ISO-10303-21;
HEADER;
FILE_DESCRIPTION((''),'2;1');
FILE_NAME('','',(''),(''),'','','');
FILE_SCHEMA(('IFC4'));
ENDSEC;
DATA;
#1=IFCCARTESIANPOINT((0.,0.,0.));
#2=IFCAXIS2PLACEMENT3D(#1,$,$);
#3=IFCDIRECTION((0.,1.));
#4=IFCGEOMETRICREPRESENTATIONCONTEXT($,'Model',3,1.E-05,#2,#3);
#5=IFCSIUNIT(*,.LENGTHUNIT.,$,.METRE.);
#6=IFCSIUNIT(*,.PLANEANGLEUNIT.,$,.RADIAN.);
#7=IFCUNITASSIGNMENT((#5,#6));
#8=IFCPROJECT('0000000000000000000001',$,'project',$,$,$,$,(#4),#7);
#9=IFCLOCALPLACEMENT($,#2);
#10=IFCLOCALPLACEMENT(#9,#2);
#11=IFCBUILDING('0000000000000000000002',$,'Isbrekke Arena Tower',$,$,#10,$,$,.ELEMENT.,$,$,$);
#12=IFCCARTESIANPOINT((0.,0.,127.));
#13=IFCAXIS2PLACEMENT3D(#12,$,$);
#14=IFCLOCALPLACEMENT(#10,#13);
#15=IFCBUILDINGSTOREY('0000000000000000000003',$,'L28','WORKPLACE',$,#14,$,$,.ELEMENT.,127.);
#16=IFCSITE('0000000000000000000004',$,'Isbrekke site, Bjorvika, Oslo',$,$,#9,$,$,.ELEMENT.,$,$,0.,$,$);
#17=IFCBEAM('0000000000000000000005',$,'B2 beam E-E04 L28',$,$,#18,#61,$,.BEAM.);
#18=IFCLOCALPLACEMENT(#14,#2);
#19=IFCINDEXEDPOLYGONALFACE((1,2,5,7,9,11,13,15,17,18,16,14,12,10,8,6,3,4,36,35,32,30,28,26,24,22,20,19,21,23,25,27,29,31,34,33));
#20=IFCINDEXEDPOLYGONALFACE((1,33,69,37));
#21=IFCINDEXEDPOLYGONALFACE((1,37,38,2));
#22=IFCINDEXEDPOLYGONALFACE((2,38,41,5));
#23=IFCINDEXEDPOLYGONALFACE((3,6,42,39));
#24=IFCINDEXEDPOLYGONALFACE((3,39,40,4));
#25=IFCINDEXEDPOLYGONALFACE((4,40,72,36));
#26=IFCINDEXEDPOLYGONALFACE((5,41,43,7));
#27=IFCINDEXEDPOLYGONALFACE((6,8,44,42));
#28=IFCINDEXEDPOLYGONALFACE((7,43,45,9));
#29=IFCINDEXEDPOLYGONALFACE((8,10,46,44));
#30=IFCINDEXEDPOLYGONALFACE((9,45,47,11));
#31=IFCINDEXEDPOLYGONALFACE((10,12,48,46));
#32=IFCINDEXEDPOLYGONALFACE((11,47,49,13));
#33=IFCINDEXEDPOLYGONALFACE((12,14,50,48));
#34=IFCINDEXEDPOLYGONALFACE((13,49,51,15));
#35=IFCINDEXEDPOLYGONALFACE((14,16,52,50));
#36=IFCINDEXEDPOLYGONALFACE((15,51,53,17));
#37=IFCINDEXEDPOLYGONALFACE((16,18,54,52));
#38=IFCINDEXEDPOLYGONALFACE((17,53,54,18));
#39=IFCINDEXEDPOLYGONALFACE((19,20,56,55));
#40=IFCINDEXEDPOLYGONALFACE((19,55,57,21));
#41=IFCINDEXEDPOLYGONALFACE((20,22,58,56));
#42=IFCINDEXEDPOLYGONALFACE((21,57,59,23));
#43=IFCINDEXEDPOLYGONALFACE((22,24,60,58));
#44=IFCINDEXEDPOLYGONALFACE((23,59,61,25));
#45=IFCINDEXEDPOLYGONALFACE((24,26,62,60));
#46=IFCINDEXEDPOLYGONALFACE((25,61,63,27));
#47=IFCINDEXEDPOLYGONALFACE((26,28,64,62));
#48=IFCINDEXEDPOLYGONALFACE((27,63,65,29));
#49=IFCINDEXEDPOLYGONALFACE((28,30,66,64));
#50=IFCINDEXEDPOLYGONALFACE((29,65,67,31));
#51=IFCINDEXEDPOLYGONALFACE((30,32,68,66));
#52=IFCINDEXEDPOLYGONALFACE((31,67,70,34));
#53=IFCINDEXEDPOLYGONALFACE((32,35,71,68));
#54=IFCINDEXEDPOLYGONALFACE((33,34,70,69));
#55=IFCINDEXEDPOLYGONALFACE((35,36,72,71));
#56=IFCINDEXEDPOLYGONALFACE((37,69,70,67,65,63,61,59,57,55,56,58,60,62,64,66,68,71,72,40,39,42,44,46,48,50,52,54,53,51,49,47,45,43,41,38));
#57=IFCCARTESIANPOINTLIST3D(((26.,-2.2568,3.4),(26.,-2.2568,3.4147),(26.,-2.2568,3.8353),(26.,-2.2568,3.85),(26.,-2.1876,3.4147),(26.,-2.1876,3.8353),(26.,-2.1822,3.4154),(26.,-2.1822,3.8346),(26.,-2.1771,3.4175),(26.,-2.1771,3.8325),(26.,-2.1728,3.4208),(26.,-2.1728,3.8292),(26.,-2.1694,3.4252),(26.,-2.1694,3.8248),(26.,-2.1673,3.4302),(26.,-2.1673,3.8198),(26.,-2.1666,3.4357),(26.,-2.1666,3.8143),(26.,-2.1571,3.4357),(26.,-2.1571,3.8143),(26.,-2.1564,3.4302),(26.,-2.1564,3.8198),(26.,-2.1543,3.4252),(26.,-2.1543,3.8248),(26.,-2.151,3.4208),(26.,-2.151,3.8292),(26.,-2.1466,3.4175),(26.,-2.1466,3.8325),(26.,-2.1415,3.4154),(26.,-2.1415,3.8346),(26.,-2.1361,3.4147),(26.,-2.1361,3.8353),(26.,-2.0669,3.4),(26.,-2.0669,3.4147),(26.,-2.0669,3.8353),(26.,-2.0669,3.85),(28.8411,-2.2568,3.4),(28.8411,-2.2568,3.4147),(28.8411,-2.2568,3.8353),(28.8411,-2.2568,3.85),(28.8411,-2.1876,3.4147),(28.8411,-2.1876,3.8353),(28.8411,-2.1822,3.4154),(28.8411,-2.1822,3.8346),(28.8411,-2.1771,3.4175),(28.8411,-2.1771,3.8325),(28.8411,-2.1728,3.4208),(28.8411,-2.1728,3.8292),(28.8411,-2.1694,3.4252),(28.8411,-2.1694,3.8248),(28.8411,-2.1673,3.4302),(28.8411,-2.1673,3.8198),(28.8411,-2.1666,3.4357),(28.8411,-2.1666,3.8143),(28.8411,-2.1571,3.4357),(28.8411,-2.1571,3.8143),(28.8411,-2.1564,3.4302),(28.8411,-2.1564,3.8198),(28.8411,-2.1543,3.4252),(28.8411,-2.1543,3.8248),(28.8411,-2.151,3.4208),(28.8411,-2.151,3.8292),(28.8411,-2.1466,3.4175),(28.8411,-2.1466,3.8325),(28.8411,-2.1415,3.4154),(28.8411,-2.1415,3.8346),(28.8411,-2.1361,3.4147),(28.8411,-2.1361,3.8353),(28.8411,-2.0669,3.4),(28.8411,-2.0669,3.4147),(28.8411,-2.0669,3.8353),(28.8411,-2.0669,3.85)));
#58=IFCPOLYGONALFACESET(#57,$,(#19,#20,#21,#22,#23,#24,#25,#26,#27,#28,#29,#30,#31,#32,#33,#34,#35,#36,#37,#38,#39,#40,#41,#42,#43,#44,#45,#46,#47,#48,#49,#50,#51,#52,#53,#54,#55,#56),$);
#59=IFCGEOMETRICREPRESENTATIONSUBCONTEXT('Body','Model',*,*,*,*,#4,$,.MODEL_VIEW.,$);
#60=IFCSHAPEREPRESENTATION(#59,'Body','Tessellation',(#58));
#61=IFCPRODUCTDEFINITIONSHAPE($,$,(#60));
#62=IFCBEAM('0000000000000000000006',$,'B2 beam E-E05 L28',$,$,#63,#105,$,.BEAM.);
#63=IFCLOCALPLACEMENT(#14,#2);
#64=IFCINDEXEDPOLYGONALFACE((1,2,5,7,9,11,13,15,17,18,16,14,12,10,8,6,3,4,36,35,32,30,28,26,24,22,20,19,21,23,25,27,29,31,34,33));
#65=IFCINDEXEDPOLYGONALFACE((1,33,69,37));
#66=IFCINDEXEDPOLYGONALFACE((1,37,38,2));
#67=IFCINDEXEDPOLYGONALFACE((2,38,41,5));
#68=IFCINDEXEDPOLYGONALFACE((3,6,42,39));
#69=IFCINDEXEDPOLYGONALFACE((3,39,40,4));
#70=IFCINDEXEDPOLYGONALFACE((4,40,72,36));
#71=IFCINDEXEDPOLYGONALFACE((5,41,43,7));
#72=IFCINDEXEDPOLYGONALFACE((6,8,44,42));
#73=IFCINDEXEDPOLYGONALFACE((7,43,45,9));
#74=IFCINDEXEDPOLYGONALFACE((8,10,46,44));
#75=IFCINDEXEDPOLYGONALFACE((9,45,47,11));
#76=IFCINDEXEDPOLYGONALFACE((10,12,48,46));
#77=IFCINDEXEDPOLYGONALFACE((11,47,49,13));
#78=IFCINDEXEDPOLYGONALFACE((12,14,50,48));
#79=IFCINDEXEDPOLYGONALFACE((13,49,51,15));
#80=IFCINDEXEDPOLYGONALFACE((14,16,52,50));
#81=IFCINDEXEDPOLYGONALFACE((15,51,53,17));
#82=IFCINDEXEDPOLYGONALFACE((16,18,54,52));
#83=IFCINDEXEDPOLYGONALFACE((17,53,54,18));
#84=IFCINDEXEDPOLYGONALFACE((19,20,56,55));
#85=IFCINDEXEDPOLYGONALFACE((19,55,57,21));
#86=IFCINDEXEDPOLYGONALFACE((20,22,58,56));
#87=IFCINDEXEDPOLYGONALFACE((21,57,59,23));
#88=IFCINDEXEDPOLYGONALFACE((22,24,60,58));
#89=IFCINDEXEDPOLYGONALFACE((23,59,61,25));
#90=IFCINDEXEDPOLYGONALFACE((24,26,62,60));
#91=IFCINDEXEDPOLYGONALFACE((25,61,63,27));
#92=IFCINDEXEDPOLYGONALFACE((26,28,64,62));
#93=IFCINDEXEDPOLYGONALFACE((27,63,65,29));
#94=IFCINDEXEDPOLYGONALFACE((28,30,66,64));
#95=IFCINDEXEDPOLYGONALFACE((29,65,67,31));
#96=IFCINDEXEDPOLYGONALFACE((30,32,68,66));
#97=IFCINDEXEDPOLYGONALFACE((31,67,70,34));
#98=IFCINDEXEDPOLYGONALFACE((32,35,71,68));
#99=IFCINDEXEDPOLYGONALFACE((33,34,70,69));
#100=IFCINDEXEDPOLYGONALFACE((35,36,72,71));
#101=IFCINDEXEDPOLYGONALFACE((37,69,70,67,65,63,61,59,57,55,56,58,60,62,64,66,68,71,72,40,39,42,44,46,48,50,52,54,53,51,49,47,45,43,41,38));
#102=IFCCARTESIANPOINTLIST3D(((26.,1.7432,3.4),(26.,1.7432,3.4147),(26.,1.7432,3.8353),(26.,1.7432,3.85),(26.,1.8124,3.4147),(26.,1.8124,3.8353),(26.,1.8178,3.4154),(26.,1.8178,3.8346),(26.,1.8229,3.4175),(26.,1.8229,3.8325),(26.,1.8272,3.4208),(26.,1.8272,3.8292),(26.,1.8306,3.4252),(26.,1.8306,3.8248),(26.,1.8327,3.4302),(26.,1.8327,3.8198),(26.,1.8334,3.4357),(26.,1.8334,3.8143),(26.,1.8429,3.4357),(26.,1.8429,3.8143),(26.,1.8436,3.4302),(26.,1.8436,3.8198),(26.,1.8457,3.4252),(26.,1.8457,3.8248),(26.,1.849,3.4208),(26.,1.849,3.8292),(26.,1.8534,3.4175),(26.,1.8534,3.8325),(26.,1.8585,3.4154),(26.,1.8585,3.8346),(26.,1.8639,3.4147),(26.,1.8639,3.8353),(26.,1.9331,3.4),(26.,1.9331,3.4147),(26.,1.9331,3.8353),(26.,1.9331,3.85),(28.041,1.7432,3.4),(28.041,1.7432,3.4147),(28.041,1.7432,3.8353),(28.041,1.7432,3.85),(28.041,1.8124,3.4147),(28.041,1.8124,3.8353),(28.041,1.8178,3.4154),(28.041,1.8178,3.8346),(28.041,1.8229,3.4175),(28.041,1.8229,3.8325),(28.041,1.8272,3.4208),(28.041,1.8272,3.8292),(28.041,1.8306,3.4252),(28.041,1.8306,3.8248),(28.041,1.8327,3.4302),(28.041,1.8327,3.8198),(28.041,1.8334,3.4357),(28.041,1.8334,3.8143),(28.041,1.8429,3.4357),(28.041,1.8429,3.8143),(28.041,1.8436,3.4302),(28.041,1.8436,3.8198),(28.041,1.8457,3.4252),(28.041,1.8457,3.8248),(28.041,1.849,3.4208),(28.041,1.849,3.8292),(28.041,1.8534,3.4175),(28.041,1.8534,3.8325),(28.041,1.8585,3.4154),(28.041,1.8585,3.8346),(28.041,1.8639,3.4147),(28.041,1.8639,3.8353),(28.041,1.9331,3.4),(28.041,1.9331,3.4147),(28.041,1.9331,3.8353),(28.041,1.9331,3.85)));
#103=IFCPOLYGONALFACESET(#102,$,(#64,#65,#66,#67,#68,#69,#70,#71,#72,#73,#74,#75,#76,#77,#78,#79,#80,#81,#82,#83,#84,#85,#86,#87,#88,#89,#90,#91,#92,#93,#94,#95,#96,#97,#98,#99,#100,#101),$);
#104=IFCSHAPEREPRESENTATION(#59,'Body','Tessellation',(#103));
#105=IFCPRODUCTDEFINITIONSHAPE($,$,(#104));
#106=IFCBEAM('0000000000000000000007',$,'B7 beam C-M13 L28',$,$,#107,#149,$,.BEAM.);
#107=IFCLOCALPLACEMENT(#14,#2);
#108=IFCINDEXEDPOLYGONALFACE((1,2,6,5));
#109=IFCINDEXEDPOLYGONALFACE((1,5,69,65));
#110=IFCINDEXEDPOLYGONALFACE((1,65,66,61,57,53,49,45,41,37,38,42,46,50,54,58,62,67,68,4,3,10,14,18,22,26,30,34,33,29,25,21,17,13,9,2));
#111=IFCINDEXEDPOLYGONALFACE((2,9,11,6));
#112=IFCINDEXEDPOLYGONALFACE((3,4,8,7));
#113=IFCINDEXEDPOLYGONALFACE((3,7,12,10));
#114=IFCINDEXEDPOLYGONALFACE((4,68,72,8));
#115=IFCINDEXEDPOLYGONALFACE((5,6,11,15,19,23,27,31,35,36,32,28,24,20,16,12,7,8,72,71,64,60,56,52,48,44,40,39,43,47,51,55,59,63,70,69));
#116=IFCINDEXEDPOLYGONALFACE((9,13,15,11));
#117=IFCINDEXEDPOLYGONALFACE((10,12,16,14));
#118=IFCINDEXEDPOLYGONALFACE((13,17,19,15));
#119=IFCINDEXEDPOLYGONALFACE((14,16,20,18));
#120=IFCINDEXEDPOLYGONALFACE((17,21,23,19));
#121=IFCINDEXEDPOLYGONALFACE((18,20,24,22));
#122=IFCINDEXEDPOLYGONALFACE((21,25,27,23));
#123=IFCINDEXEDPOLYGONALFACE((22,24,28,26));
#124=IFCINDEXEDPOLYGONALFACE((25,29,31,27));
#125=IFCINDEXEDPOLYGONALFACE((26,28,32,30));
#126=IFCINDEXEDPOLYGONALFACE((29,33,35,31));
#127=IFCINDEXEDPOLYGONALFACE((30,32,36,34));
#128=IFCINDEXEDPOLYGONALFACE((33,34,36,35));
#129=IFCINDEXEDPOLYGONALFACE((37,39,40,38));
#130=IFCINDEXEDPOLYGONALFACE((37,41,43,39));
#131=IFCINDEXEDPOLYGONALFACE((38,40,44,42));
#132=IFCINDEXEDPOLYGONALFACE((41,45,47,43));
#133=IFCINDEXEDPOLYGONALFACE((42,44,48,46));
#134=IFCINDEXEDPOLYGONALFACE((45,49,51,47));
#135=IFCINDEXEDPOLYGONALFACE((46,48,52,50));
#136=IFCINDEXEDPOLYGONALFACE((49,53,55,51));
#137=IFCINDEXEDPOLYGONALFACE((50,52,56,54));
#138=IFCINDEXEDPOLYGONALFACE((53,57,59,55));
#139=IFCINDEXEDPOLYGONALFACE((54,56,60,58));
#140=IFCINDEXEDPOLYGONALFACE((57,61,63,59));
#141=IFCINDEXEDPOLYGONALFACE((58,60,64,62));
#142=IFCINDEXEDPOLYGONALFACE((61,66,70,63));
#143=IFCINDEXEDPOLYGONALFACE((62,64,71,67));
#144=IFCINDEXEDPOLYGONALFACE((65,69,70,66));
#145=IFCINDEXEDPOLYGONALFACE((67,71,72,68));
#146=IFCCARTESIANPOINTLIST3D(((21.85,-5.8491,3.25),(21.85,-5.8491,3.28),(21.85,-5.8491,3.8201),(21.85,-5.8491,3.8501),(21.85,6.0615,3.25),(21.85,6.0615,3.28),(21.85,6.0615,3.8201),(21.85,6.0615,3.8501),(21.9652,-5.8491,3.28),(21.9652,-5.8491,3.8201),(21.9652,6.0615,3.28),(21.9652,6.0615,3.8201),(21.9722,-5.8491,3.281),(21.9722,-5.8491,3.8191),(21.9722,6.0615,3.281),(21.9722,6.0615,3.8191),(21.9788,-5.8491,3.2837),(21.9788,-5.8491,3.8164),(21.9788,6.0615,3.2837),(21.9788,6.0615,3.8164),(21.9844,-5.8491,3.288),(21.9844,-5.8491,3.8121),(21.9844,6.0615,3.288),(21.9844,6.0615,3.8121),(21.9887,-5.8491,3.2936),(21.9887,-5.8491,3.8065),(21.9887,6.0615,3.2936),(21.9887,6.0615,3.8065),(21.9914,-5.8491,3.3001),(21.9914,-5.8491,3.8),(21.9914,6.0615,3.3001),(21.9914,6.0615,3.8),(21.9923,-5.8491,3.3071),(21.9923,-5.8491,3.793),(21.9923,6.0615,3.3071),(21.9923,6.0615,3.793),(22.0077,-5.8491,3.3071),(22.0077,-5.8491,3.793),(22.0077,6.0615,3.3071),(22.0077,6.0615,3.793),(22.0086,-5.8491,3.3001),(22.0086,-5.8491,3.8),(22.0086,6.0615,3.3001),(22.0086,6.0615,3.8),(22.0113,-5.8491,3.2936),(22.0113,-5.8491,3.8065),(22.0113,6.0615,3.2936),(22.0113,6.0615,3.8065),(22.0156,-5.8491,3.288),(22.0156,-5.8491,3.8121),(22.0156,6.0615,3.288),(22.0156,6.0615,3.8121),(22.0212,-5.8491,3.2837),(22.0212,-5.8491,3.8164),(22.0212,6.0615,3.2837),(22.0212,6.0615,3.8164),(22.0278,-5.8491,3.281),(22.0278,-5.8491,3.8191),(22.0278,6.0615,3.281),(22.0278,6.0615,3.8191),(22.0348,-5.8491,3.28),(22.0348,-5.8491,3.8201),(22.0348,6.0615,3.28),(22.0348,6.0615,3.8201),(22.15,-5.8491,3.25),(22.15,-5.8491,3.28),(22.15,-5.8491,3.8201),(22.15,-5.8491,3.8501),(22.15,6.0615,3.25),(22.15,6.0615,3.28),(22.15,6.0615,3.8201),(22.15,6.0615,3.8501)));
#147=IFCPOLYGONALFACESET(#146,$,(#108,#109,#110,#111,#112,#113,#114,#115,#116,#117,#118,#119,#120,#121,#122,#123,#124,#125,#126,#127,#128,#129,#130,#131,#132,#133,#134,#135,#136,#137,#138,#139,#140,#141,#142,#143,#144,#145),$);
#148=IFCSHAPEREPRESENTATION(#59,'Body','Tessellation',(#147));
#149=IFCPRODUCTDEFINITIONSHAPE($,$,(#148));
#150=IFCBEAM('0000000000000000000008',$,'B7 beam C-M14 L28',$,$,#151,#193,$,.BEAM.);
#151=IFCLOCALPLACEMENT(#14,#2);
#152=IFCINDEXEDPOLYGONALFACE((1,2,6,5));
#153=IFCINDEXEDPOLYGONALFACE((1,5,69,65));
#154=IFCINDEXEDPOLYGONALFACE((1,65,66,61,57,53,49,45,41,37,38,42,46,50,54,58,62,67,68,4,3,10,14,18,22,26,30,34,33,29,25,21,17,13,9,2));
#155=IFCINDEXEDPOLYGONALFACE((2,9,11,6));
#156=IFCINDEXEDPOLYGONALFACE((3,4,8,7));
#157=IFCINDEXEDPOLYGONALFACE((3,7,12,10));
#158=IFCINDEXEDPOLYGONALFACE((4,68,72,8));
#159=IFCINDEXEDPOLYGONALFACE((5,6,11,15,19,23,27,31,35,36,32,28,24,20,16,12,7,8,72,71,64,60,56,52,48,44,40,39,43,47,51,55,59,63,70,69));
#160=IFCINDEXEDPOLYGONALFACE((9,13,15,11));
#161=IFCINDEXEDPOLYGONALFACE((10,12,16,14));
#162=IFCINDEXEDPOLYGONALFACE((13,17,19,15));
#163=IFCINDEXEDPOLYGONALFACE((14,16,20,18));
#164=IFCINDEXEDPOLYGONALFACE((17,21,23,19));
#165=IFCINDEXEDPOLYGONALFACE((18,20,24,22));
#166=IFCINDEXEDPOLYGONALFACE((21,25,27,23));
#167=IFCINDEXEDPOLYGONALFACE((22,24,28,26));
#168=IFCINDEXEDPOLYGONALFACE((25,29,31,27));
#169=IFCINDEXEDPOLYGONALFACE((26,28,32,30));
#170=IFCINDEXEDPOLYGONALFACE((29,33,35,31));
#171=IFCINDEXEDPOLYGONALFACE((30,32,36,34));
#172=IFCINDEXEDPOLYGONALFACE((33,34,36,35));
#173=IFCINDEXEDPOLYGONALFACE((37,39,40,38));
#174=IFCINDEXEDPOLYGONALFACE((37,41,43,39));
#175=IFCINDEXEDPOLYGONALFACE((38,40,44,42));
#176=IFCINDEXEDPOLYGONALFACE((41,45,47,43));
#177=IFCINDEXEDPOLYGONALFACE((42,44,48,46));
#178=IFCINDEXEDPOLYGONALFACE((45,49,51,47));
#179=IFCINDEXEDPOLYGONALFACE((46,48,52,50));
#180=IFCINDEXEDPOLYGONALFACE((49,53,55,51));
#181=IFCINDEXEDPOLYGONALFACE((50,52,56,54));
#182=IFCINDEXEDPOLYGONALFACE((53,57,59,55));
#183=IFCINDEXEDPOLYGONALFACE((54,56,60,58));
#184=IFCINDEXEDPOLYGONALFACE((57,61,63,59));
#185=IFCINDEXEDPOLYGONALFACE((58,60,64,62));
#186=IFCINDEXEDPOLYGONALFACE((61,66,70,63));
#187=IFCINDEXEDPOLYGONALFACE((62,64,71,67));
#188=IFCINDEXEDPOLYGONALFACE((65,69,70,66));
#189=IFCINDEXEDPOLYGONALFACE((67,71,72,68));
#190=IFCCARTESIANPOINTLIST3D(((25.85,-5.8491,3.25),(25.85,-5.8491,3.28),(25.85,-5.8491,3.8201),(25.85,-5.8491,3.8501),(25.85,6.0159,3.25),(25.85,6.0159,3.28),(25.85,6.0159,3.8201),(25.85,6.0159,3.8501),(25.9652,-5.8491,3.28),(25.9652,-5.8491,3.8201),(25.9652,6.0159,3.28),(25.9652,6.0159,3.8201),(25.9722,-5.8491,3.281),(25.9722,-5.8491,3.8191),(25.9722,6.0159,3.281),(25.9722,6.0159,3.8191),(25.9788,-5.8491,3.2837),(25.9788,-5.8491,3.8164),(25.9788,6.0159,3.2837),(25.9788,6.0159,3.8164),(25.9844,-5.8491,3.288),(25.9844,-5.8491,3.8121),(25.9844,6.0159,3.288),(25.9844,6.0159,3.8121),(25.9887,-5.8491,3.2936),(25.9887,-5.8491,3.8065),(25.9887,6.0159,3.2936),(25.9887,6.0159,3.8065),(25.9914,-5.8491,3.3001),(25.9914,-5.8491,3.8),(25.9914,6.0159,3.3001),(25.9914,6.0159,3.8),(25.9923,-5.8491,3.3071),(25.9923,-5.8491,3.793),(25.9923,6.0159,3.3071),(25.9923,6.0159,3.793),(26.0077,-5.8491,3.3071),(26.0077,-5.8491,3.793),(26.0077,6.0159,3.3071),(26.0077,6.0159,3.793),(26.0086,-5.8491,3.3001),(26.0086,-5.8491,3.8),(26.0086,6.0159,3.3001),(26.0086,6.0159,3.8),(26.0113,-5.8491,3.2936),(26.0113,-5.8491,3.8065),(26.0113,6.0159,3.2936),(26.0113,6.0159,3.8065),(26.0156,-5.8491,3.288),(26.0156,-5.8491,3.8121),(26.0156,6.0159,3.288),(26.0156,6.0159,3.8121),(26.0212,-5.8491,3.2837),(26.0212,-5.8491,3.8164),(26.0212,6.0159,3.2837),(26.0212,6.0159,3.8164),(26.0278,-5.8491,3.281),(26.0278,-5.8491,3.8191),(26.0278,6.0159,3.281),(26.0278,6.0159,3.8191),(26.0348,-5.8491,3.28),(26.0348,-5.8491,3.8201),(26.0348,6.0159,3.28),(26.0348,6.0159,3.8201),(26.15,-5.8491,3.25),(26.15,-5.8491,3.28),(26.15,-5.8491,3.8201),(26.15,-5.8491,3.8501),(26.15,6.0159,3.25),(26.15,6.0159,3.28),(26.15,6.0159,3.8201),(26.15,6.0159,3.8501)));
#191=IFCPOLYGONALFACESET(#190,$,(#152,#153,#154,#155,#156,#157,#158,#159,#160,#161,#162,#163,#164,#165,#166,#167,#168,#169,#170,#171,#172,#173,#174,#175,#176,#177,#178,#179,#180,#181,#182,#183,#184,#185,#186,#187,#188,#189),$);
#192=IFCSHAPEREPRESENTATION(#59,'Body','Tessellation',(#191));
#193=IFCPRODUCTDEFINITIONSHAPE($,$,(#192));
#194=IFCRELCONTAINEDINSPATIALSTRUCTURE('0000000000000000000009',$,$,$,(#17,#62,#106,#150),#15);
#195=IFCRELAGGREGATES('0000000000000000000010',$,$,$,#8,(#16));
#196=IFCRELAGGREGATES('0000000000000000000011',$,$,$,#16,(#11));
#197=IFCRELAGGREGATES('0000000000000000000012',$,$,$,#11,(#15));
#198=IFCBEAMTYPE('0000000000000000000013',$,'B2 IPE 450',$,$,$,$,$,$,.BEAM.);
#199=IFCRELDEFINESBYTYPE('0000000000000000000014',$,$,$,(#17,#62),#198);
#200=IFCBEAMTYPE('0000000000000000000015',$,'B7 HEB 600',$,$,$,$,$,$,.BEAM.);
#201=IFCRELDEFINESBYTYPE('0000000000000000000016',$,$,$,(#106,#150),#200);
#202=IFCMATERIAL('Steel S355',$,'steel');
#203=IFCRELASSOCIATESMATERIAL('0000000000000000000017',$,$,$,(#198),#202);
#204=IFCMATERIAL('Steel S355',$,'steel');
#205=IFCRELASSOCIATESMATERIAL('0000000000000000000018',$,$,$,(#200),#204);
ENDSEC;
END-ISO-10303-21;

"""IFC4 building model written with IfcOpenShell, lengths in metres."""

from ifc_helpers import new_model, si_unit, direction, frame, origin, origin_2d, place, context, subcontext, project, spatial, i_section, extrude, material, material_profile, profile_set, type_object, element, save


model = new_model("IFC4")

# Units and contexts
model_context = context("Model", 3, precision=1e-05, world=origin(), true_north=direction((0.0, 1.0)))
body_context = subcontext(model_context, "Body", "Model", "MODEL_VIEW")
ifc_project = project(units=[si_unit("LENGTHUNIT", "METRE"), si_unit("PLANEANGLEUNIT", "RADIAN")], contexts=[model_context])

# Site, building, storey
site_placement = place(None, origin())
site = spatial("IfcSite", under=ifc_project, at=site_placement, Name="Isbrekke site, Bjorvika, Oslo", CompositionType="ELEMENT", RefElevation=0.0)
building_placement = place(site_placement, origin())
building = spatial("IfcBuilding", under=site, at=building_placement, Name="Isbrekke Arena Tower", CompositionType="ELEMENT")
storey_placement = place(building_placement, frame((0.0, 0.0, 127.0)))
storey = spatial("IfcBuildingStorey", under=building, at=storey_placement, Name="L28", Description="WORKPLACE", CompositionType="ELEMENT", Elevation=127.0)

# Beams
ifc_material_1 = material(Name="Steel S355", Category="steel")
ifc_material_profile_1 = material_profile(ifc_material_1, i_section(OverallWidth=0.1899, OverallDepth=0.45, WebThickness=0.0095, FlangeThickness=0.0146, FilletRadius=0.021, at=origin_2d()), Name="IPE 450")
ifc_profile_set_1 = profile_set([ifc_material_profile_1], Name="Steel S355")
beam_type_1 = type_object("IfcBeamType", Name="B2 IPE 450", PredefinedType="BEAM", material=ifc_profile_set_1)
beam_1_placement = place(storey_placement, frame((28.8411, -2.1619, 3.625), z_axis=(-1.0, 0.0, 0.0), x_axis=(0.0, -1.0, 0.0)))
element("IfcBeam", 1, at=beam_1_placement, inside=storey, type_object=beam_type_1, Name="B2 beam E-E04 L28", PredefinedType="BEAM", context=body_context, shape_type="SweptSolid", body=[
    extrude(i_section(OverallWidth=0.1899, OverallDepth=0.45, WebThickness=0.0095, FlangeThickness=0.0146, FilletRadius=0.021, at=origin_2d()), origin(), (0.0, 0.0, 1.0), 2.8411),
])
beam_2_placement = place(storey_placement, frame((28.041, 1.8381, 3.625), z_axis=(-1.0, 0.0, 0.0), x_axis=(0.0, -1.0, 0.0)))
element("IfcBeam", 2, at=beam_2_placement, inside=storey, type_object=beam_type_1, Name="B2 beam E-E05 L28", PredefinedType="BEAM", context=body_context, shape_type="SweptSolid", body=[
    extrude(i_section(OverallWidth=0.1899, OverallDepth=0.45, WebThickness=0.0095, FlangeThickness=0.0146, FilletRadius=0.021, at=origin_2d()), origin(), (0.0, 0.0, 1.0), 2.041),
])
ifc_material_2 = material(Name="Steel S355", Category="steel")
ifc_material_profile_2 = material_profile(ifc_material_2, i_section(OverallWidth=0.3, OverallDepth=0.6001, WebThickness=0.0154, FlangeThickness=0.03, FilletRadius=0.0271, at=origin_2d()), Name="HEB 600")
ifc_profile_set_2 = profile_set([ifc_material_profile_2], Name="Steel S355")
beam_type_2 = type_object("IfcBeamType", Name="B7 HEB 600", PredefinedType="BEAM", material=ifc_profile_set_2)
beam_3_placement = place(storey_placement, frame((22.0, -5.8491, 3.55), z_axis=(0.0, 1.0, 0.0), x_axis=(-1.0, 0.0, 0.0)))
element("IfcBeam", 3, at=beam_3_placement, inside=storey, type_object=beam_type_2, Name="B7 beam C-M13 L28", PredefinedType="BEAM", context=body_context, shape_type="SweptSolid", body=[
    extrude(i_section(OverallWidth=0.3, OverallDepth=0.6001, WebThickness=0.0154, FlangeThickness=0.03, FilletRadius=0.0271, at=origin_2d()), origin(), (0.0, 0.0, 1.0), 11.9106),
])
beam_4_placement = place(storey_placement, frame((26.0, -5.8491, 3.55), z_axis=(0.0, 1.0, 0.0), x_axis=(-1.0, 0.0, 0.0)))
element("IfcBeam", 4, at=beam_4_placement, inside=storey, type_object=beam_type_2, Name="B7 beam C-M14 L28", PredefinedType="BEAM", context=body_context, shape_type="SweptSolid", body=[
    extrude(i_section(OverallWidth=0.3, OverallDepth=0.6001, WebThickness=0.0154, FlangeThickness=0.03, FilletRadius=0.0271, at=origin_2d()), origin(), (0.0, 0.0, 1.0), 11.865),
])

save(model, "model.ifc")
